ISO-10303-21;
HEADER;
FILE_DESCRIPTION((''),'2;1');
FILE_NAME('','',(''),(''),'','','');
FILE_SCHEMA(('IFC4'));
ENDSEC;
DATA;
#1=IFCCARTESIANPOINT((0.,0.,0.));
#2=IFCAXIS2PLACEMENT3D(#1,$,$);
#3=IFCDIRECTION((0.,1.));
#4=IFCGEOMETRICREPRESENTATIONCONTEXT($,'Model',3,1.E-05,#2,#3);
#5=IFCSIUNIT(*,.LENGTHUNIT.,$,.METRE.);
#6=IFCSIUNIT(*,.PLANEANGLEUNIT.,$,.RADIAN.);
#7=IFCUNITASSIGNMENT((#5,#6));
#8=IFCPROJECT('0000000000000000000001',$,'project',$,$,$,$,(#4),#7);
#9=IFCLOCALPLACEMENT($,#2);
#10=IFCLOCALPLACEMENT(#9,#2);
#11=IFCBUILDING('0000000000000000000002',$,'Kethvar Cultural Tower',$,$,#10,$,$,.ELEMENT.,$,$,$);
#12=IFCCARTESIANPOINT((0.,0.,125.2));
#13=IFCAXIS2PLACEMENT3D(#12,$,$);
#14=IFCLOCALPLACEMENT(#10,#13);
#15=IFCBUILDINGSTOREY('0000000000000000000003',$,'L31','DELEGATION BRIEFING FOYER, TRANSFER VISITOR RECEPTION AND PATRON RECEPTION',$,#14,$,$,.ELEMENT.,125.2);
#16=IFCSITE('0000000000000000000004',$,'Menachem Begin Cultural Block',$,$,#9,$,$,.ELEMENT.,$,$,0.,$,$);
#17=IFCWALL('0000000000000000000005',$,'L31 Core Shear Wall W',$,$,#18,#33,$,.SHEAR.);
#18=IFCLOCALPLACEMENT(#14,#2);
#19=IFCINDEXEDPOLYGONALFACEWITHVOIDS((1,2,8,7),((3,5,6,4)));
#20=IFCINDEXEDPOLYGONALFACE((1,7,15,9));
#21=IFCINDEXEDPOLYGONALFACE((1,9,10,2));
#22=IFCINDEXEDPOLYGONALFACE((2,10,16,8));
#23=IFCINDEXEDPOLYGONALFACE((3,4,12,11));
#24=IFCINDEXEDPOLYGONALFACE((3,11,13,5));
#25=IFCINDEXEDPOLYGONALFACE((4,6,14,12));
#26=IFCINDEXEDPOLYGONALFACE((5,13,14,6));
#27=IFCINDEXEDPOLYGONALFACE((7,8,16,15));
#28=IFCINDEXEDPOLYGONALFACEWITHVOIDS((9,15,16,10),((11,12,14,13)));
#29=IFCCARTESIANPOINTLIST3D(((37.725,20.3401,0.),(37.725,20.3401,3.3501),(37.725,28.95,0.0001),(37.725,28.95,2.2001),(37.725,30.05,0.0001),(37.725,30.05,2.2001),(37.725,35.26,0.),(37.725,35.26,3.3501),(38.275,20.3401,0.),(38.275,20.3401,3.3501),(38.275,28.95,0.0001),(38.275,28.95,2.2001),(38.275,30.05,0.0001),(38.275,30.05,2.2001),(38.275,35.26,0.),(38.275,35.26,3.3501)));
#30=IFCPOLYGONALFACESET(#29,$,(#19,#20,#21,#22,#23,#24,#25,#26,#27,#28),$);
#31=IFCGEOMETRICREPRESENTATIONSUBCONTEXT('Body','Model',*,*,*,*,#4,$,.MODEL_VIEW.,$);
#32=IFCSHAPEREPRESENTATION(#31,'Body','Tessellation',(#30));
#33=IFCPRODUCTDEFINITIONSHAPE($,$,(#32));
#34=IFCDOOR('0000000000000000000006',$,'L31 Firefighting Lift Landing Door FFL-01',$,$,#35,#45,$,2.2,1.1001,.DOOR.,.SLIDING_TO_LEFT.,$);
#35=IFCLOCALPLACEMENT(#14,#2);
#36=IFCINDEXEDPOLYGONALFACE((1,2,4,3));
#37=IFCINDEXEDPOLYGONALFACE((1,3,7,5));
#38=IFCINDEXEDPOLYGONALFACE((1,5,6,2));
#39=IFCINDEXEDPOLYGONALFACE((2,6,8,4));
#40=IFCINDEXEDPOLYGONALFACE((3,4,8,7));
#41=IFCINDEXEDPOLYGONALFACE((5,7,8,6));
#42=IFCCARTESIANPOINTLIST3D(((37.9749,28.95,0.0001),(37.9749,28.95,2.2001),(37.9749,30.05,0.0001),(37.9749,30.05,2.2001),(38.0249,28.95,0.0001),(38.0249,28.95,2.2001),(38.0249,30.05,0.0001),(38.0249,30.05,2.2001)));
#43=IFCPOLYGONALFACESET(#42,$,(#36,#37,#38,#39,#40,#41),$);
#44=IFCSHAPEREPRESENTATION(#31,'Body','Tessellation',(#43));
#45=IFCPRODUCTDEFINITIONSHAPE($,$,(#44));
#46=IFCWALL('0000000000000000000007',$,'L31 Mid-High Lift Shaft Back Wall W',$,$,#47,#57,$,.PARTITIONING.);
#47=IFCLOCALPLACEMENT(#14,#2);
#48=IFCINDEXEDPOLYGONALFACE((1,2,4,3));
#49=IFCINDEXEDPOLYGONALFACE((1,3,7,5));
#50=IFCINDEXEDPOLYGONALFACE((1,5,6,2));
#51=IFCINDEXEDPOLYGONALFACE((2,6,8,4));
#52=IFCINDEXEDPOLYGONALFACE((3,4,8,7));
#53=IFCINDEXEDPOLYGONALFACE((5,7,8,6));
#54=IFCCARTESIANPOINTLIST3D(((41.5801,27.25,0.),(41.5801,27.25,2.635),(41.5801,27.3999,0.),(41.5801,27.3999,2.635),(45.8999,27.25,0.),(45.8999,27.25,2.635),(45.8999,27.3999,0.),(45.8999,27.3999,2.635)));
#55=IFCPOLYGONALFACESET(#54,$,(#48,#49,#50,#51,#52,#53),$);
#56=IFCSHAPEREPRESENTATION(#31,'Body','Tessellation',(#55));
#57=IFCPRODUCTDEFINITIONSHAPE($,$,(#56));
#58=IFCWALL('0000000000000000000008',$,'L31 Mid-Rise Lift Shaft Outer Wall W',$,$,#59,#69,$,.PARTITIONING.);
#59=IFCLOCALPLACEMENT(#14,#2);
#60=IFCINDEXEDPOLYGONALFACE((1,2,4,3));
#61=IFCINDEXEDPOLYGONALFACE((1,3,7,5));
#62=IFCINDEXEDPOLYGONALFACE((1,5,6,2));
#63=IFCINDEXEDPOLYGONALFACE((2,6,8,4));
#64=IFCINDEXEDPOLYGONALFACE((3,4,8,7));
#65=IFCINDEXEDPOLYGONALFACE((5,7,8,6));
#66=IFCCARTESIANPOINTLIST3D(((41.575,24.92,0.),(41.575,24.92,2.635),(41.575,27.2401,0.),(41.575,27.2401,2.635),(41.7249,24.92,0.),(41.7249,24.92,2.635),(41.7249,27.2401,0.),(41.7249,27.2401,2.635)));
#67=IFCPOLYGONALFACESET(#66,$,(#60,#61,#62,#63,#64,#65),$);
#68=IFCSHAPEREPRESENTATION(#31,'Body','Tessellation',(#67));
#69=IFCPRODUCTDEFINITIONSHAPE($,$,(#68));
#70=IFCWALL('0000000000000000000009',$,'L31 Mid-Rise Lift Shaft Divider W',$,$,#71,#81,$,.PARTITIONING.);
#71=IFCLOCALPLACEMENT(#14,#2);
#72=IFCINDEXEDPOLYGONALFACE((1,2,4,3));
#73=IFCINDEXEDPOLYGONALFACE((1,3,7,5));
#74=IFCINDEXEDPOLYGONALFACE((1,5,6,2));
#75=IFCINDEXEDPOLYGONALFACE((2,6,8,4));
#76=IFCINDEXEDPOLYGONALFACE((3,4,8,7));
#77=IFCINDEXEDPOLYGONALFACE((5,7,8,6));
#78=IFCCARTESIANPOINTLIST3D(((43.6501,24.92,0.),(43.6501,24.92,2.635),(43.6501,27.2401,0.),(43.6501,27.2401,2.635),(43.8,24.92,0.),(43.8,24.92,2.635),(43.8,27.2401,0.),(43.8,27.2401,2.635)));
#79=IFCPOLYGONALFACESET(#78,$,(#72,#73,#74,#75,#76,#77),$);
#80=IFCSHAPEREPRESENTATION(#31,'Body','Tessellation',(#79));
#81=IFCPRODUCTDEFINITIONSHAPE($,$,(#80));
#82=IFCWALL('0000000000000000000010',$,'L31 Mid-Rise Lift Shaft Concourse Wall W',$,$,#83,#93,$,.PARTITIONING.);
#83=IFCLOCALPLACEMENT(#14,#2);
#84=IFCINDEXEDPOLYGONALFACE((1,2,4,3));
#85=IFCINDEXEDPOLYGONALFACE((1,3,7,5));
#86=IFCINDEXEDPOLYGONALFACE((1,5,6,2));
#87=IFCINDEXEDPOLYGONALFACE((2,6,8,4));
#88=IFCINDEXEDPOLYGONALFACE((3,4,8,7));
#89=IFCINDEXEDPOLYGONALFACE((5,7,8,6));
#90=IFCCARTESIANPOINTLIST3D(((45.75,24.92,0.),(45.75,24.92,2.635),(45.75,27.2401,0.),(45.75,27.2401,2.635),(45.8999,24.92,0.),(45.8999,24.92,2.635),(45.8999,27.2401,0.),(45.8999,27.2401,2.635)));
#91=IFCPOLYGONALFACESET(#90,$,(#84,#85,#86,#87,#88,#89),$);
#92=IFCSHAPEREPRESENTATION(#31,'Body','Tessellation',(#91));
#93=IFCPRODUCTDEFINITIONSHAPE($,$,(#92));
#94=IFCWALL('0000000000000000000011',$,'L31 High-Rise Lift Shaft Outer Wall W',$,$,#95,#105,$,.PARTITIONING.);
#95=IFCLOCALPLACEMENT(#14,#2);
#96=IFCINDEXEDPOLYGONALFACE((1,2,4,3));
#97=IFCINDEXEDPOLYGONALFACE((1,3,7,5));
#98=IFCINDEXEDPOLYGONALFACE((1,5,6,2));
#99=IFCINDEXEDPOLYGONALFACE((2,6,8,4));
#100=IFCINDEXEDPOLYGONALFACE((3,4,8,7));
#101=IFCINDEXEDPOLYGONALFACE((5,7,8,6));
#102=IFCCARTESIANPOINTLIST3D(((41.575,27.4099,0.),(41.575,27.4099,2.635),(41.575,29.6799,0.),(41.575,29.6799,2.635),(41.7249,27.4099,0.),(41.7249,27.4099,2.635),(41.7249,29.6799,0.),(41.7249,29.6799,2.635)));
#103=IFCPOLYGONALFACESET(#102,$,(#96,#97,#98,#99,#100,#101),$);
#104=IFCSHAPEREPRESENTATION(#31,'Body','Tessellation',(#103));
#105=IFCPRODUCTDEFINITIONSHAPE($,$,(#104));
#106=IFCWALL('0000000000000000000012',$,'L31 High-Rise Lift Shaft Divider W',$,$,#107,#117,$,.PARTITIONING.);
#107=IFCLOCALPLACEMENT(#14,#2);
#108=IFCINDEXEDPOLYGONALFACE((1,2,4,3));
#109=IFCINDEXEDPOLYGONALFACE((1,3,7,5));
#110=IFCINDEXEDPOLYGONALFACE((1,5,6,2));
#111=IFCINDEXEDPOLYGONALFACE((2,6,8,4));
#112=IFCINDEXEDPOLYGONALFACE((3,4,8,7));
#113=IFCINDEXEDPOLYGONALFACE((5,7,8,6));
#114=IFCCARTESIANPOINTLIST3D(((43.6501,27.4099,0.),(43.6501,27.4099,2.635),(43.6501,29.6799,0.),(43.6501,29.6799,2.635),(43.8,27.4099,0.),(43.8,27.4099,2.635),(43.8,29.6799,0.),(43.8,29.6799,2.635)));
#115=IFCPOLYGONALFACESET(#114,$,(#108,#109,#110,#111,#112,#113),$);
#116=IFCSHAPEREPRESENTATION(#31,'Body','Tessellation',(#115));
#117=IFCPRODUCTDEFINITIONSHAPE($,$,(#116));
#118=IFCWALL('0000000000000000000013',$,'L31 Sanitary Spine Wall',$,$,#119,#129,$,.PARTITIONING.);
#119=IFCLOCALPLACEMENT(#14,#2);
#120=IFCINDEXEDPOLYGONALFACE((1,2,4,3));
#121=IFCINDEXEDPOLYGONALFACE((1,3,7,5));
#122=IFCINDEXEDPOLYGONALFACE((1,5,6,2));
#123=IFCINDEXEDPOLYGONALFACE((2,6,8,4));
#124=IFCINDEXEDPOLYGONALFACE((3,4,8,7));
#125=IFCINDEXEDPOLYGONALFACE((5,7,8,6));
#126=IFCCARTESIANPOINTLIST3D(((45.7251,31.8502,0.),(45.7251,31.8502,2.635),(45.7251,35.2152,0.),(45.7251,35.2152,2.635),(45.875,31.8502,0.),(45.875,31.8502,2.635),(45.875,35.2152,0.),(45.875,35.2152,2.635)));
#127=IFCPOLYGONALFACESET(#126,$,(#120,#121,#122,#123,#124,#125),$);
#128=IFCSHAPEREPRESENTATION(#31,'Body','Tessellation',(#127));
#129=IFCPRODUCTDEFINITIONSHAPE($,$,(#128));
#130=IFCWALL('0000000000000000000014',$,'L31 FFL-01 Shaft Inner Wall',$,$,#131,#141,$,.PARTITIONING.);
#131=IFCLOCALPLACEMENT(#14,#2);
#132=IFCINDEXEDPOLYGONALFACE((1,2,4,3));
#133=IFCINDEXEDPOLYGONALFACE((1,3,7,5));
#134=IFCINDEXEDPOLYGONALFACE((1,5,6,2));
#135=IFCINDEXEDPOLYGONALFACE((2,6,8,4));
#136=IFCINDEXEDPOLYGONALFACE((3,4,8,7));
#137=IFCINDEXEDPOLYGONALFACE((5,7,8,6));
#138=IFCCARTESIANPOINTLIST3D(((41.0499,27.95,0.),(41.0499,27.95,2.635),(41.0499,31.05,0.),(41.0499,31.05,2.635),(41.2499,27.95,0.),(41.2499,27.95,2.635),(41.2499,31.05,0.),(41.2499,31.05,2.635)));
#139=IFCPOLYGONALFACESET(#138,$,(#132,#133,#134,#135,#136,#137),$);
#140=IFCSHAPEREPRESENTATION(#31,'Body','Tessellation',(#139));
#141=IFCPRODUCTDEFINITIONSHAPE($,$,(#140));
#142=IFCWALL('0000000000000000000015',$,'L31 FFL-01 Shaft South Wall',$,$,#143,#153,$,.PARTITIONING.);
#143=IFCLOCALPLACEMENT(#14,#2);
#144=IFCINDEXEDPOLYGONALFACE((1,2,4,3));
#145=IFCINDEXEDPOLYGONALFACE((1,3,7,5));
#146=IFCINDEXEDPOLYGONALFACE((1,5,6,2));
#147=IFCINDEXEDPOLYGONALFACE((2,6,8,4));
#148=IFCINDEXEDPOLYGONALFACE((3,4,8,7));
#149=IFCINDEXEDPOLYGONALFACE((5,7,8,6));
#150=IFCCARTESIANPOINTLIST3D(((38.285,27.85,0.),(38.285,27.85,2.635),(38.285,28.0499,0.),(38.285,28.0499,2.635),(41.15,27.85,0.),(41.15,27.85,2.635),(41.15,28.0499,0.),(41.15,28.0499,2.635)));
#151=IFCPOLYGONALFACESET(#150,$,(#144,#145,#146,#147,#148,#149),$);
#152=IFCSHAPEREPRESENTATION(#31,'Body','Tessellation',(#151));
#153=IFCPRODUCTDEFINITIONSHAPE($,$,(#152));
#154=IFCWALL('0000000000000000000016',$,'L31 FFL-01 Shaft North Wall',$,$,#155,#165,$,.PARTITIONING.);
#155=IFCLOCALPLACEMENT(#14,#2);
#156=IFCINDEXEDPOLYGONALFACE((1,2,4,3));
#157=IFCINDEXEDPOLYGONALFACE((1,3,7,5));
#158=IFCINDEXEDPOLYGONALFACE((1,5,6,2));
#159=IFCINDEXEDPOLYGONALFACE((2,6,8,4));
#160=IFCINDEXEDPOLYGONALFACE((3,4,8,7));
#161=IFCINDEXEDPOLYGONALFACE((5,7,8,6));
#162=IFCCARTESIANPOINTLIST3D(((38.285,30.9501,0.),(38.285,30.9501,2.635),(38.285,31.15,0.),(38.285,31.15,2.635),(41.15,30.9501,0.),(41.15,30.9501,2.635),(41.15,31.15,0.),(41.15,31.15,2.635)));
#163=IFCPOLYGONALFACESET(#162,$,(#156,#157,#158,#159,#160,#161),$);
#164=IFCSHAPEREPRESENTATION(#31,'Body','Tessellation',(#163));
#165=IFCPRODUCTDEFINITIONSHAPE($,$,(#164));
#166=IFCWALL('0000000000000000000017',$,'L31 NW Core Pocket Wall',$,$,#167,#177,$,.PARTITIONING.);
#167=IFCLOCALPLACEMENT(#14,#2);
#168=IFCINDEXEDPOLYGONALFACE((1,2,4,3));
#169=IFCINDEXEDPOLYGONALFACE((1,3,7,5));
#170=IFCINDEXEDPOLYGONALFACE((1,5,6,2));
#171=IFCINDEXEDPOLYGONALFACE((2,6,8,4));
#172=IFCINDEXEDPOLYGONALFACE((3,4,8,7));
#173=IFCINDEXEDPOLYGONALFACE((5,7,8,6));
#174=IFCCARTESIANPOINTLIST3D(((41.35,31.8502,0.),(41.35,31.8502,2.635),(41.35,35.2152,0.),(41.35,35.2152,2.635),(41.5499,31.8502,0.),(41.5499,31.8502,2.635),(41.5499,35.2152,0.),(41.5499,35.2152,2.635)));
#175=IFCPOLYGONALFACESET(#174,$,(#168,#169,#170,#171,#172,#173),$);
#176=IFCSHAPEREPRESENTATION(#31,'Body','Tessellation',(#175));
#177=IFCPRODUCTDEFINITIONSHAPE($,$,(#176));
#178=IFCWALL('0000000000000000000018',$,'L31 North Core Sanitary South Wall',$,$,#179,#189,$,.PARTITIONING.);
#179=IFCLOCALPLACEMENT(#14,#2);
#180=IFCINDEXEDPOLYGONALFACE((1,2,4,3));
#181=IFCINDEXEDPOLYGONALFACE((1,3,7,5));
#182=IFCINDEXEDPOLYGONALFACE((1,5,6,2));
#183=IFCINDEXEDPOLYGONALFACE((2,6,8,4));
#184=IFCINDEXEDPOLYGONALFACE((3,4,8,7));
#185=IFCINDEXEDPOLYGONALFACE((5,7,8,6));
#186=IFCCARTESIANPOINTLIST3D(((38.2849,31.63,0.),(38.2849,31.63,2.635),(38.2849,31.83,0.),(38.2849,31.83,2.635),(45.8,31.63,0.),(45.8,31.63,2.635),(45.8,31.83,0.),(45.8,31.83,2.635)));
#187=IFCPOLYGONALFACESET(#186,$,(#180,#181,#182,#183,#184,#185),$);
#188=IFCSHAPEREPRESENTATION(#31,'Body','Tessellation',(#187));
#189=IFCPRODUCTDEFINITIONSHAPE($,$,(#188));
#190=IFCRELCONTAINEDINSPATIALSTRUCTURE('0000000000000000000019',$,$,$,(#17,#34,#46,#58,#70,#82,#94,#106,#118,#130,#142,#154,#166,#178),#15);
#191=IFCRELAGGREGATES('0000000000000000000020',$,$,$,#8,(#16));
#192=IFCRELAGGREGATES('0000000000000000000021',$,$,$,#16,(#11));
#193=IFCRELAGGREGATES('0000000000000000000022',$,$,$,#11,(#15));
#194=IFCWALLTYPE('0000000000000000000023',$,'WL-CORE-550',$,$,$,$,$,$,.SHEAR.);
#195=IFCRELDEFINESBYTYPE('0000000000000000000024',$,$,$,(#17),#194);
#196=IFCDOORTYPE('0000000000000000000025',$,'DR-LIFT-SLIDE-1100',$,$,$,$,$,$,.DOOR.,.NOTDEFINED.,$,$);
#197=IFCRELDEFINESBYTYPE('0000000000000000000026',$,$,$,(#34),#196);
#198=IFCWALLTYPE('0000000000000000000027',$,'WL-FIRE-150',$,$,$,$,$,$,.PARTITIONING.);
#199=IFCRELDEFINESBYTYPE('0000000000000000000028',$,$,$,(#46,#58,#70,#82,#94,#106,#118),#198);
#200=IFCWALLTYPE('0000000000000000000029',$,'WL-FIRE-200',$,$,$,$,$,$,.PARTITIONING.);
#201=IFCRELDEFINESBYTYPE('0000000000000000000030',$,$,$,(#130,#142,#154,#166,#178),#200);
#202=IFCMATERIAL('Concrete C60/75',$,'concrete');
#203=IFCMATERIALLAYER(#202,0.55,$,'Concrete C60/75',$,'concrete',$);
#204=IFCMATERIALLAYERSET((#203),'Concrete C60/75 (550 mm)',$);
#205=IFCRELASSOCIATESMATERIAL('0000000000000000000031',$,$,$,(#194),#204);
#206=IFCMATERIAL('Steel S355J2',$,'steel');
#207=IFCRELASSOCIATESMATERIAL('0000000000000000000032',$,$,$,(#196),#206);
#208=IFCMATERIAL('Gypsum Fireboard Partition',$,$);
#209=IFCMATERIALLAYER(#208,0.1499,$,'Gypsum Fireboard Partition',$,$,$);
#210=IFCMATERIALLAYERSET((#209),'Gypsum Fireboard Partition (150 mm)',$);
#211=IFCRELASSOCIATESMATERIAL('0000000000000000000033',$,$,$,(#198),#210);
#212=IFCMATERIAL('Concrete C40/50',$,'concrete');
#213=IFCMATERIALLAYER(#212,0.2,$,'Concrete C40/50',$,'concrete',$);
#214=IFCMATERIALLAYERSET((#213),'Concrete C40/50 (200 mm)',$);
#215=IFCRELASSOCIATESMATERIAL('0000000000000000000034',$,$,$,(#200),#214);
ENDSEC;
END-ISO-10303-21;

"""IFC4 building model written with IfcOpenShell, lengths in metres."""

from ifc_helpers import new_model, si_unit, direction, frame, frame_2d, origin, place, context, subcontext, project, spatial, rectangle, extrude, source, transform, mapped, material, layer, layer_set, type_object, element, fill, save


model = new_model("IFC4")

# Units and contexts
model_context = context("Model", 3, precision=1e-05, world=origin(), true_north=direction((0.0, 1.0)))
body_context = subcontext(model_context, "Body", "Model", "MODEL_VIEW")
ifc_project = project(units=[si_unit("LENGTHUNIT", "METRE"), si_unit("PLANEANGLEUNIT", "RADIAN")], contexts=[model_context])

# Site, building, storey
site_placement = place(None, origin())
site = spatial("IfcSite", under=ifc_project, at=site_placement, Name="Menachem Begin Cultural Block", CompositionType="ELEMENT", RefElevation=0.0)
building_placement = place(site_placement, origin())
building = spatial("IfcBuilding", under=site, at=building_placement, Name="Kethvar Cultural Tower", CompositionType="ELEMENT")
storey_placement = place(building_placement, frame((0.0, 0.0, 125.2)))
storey = spatial("IfcBuildingStorey", under=building, at=storey_placement, Name="L31", Description="DELEGATION BRIEFING FOYER, TRANSFER VISITOR RECEPTION AND PATRON RECEPTION", CompositionType="ELEMENT", Elevation=125.2)

# Shared definitions
ifc_material_1 = material(Name="Steel S355J2", Category="steel")

# Wall, opening, door
ifc_material_2 = material(Name="Concrete C60/75", Category="concrete")
ifc_layer_1 = layer(ifc_material_2, 0.55, Name="Concrete C60/75", Category="concrete")
ifc_layer_set_1 = layer_set([ifc_layer_1], Name="Concrete C60/75 (550 mm)")
wall_type_1 = type_object("IfcWallType", Name="WL-CORE-550", PredefinedType="SHEAR", material=ifc_layer_set_1)
wall_1_placement = place(storey_placement, frame((38.0, 35.26, 0.0), z_axis=(0.0, 0.0, 1.0), x_axis=(0.0, -1.0, 0.0)))
wall_1 = element("IfcWall", 1, at=wall_1_placement, inside=storey, type_object=wall_type_1, Name="L31 Core Shear Wall W", PredefinedType="SHEAR", context=body_context, shape_type="SweptSolid", body=[
    extrude(rectangle(XDim=14.9199, YDim=0.55, at=frame_2d((7.46, 0.0))), origin(), (0.0, 0.0, 1.0), 3.3501),
])
opening_placement = place(wall_1_placement, frame((5.21, 0.0, 0.0)))
opening = element("IfcOpeningElement", 2, at=opening_placement, cuts=wall_1, PredefinedType="OPENING", context=body_context, shape_type="SweptSolid", body=[
    extrude(rectangle(XDim=1.1001, YDim=2.2, at=frame_2d((0.55, 1.1001))), frame((0.0, 0.2849, 0.0), z_axis=(0.0, -1.0, 0.0), x_axis=(1.0, 0.0, 0.0)), (0.0, 0.0, 1.0), 0.5701),
])
door_type = type_object("IfcDoorType", Name="DR-LIFT-SLIDE-1100", OperationType="NOTDEFINED", PredefinedType="DOOR", material=ifc_material_1)
shared_shape_1 = source(origin(), body_context, "Body", "SweptSolid", [
    extrude(rectangle(XDim=1.1001, YDim=2.2, at=frame_2d((0.55, 1.1001))), frame((0.0, 0.0249, 0.0), z_axis=(0.0, -1.0, 0.0), x_axis=(1.0, 0.0, 0.0)), (0.0, 0.0, 1.0), 0.05),
])
door_placement = place(opening_placement, origin())
door = element("IfcDoor", 3, at=door_placement, inside=storey, type_object=door_type, Name="L31 Firefighting Lift Landing Door FFL-01", OperationType="SLIDING_TO_LEFT", OverallHeight=2.2, OverallWidth=1.1001, PredefinedType="DOOR", context=body_context, shape_type="MappedRepresentation", body=[
    mapped(shared_shape_1, transform((0.0, 0.0, 0.0), scale=1.0)),
])
fill(opening, door)

# Walls
ifc_material_3 = material(Name="Gypsum Fireboard Partition")
ifc_layer_2 = layer(ifc_material_3, 0.1499, Name="Gypsum Fireboard Partition")
ifc_layer_set_2 = layer_set([ifc_layer_2], Name="Gypsum Fireboard Partition (150 mm)")
wall_type_2 = type_object("IfcWallType", Name="WL-FIRE-150", PredefinedType="PARTITIONING", material=ifc_layer_set_2)
wall_2_placement = place(storey_placement, frame((41.5801, 27.325, 0.0), z_axis=(0.0, 0.0, 1.0), x_axis=(1.0, 0.0, 0.0)))
element("IfcWall", 4, at=wall_2_placement, inside=storey, type_object=wall_type_2, Name="L31 Mid-High Lift Shaft Back Wall W", PredefinedType="PARTITIONING", context=body_context, shape_type="SweptSolid", body=[
    extrude(rectangle(XDim=4.3198, YDim=0.1499, at=frame_2d((2.1599, 0.0))), origin(), (0.0, 0.0, 1.0), 2.635),
])
for number, where, z_axis, x_axis, name in (
    (5, (41.6499, 24.9199, 0.0), (0.0, 0.0, 1.0), (0.0, 1.0, 0.0), "L31 Mid-Rise Lift Shaft Outer Wall W"),
    (6, (43.7251, 24.9199, 0.0), (0.0, 0.0, 1.0), (0.0, 1.0, 0.0), "L31 Mid-Rise Lift Shaft Divider W"),
    (7, (45.825, 24.9199, 0.0), (0.0, 0.0, 1.0), (0.0, 1.0, 0.0), "L31 Mid-Rise Lift Shaft Concourse Wall W"),
):
    element("IfcWall", number, at=place(storey_placement, frame(where, z_axis=z_axis, x_axis=x_axis)), inside=storey, type_object=wall_type_2, Name=name, PredefinedType="PARTITIONING", context=body_context, shape_type="SweptSolid", body=[
        extrude(rectangle(XDim=2.3201, YDim=0.1499, at=frame_2d((1.1602, 0.0))), origin(), (0.0, 0.0, 1.0), 2.635),
    ])
for number, where, z_axis, x_axis, name in (
    (8, (41.6499, 27.4099, 0.0), (0.0, 0.0, 1.0), (0.0, 1.0, 0.0), "L31 High-Rise Lift Shaft Outer Wall W"),
    (9, (43.7251, 27.4099, 0.0), (0.0, 0.0, 1.0), (0.0, 1.0, 0.0), "L31 High-Rise Lift Shaft Divider W"),
):
    element("IfcWall", number, at=place(storey_placement, frame(where, z_axis=z_axis, x_axis=x_axis)), inside=storey, type_object=wall_type_2, Name=name, PredefinedType="PARTITIONING", context=body_context, shape_type="SweptSolid", body=[
        extrude(rectangle(XDim=2.27, YDim=0.1499, at=frame_2d((1.135, 0.0))), origin(), (0.0, 0.0, 1.0), 2.635),
    ])
wall_3_placement = place(storey_placement, frame((45.8, 31.8501, 0.0), z_axis=(0.0, 0.0, 1.0), x_axis=(0.0, 1.0, 0.0)))
element("IfcWall", 10, at=wall_3_placement, inside=storey, type_object=wall_type_2, Name="L31 Sanitary Spine Wall", PredefinedType="PARTITIONING", context=body_context, shape_type="SweptSolid", body=[
    extrude(rectangle(XDim=3.365, YDim=0.1499, at=frame_2d((1.6826, 0.0))), origin(), (0.0, 0.0, 1.0), 2.635),
])
ifc_material_4 = material(Name="Concrete C40/50", Category="concrete")
ifc_layer_3 = layer(ifc_material_4, 0.2, Name="Concrete C40/50", Category="concrete")
ifc_layer_set_3 = layer_set([ifc_layer_3], Name="Concrete C40/50 (200 mm)")
wall_type_3 = type_object("IfcWallType", Name="WL-FIRE-200", PredefinedType="PARTITIONING", material=ifc_layer_set_3)
wall_4_placement = place(storey_placement, frame((41.1499, 27.95, 0.0), z_axis=(0.0, 0.0, 1.0), x_axis=(0.0, 1.0, 0.0)))
element("IfcWall", 11, at=wall_4_placement, inside=storey, type_object=wall_type_3, Name="L31 FFL-01 Shaft Inner Wall", PredefinedType="PARTITIONING", context=body_context, shape_type="SweptSolid", body=[
    extrude(rectangle(XDim=3.1001, YDim=0.2, at=frame_2d((1.55, 0.0))), origin(), (0.0, 0.0, 1.0), 2.635),
])
for number, where, z_axis, x_axis, name in (
    (12, (38.2849, 27.95, 0.0), (0.0, 0.0, 1.0), (1.0, 0.0, 0.0), "L31 FFL-01 Shaft South Wall"),
    (13, (38.2849, 31.05, 0.0), (0.0, 0.0, 1.0), (1.0, 0.0, 0.0), "L31 FFL-01 Shaft North Wall"),
):
    element("IfcWall", number, at=place(storey_placement, frame(where, z_axis=z_axis, x_axis=x_axis)), inside=storey, type_object=wall_type_3, Name=name, PredefinedType="PARTITIONING", context=body_context, shape_type="SweptSolid", body=[
        extrude(rectangle(XDim=2.865, YDim=0.2, at=frame_2d((1.4326, 0.0))), origin(), (0.0, 0.0, 1.0), 2.635),
    ])
wall_5_placement = place(storey_placement, frame((41.45, 31.8501, 0.0), z_axis=(0.0, 0.0, 1.0), x_axis=(0.0, 1.0, 0.0)))
element("IfcWall", 14, at=wall_5_placement, inside=storey, type_object=wall_type_3, Name="L31 NW Core Pocket Wall", PredefinedType="PARTITIONING", context=body_context, shape_type="SweptSolid", body=[
    extrude(rectangle(XDim=3.365, YDim=0.2, at=frame_2d((1.6826, 0.0))), origin(), (0.0, 0.0, 1.0), 2.635),
])
wall_6_placement = place(storey_placement, frame((38.2849, 31.73, 0.0), z_axis=(0.0, 0.0, 1.0), x_axis=(1.0, 0.0, 0.0)))
element("IfcWall", 15, at=wall_6_placement, inside=storey, type_object=wall_type_3, Name="L31 North Core Sanitary South Wall", PredefinedType="PARTITIONING", context=body_context, shape_type="SweptSolid", body=[
    extrude(rectangle(XDim=7.5151, YDim=0.2, at=frame_2d((3.7576, 0.0))), origin(), (0.0, 0.0, 1.0), 2.635),
])

save(model, "model.ifc")
